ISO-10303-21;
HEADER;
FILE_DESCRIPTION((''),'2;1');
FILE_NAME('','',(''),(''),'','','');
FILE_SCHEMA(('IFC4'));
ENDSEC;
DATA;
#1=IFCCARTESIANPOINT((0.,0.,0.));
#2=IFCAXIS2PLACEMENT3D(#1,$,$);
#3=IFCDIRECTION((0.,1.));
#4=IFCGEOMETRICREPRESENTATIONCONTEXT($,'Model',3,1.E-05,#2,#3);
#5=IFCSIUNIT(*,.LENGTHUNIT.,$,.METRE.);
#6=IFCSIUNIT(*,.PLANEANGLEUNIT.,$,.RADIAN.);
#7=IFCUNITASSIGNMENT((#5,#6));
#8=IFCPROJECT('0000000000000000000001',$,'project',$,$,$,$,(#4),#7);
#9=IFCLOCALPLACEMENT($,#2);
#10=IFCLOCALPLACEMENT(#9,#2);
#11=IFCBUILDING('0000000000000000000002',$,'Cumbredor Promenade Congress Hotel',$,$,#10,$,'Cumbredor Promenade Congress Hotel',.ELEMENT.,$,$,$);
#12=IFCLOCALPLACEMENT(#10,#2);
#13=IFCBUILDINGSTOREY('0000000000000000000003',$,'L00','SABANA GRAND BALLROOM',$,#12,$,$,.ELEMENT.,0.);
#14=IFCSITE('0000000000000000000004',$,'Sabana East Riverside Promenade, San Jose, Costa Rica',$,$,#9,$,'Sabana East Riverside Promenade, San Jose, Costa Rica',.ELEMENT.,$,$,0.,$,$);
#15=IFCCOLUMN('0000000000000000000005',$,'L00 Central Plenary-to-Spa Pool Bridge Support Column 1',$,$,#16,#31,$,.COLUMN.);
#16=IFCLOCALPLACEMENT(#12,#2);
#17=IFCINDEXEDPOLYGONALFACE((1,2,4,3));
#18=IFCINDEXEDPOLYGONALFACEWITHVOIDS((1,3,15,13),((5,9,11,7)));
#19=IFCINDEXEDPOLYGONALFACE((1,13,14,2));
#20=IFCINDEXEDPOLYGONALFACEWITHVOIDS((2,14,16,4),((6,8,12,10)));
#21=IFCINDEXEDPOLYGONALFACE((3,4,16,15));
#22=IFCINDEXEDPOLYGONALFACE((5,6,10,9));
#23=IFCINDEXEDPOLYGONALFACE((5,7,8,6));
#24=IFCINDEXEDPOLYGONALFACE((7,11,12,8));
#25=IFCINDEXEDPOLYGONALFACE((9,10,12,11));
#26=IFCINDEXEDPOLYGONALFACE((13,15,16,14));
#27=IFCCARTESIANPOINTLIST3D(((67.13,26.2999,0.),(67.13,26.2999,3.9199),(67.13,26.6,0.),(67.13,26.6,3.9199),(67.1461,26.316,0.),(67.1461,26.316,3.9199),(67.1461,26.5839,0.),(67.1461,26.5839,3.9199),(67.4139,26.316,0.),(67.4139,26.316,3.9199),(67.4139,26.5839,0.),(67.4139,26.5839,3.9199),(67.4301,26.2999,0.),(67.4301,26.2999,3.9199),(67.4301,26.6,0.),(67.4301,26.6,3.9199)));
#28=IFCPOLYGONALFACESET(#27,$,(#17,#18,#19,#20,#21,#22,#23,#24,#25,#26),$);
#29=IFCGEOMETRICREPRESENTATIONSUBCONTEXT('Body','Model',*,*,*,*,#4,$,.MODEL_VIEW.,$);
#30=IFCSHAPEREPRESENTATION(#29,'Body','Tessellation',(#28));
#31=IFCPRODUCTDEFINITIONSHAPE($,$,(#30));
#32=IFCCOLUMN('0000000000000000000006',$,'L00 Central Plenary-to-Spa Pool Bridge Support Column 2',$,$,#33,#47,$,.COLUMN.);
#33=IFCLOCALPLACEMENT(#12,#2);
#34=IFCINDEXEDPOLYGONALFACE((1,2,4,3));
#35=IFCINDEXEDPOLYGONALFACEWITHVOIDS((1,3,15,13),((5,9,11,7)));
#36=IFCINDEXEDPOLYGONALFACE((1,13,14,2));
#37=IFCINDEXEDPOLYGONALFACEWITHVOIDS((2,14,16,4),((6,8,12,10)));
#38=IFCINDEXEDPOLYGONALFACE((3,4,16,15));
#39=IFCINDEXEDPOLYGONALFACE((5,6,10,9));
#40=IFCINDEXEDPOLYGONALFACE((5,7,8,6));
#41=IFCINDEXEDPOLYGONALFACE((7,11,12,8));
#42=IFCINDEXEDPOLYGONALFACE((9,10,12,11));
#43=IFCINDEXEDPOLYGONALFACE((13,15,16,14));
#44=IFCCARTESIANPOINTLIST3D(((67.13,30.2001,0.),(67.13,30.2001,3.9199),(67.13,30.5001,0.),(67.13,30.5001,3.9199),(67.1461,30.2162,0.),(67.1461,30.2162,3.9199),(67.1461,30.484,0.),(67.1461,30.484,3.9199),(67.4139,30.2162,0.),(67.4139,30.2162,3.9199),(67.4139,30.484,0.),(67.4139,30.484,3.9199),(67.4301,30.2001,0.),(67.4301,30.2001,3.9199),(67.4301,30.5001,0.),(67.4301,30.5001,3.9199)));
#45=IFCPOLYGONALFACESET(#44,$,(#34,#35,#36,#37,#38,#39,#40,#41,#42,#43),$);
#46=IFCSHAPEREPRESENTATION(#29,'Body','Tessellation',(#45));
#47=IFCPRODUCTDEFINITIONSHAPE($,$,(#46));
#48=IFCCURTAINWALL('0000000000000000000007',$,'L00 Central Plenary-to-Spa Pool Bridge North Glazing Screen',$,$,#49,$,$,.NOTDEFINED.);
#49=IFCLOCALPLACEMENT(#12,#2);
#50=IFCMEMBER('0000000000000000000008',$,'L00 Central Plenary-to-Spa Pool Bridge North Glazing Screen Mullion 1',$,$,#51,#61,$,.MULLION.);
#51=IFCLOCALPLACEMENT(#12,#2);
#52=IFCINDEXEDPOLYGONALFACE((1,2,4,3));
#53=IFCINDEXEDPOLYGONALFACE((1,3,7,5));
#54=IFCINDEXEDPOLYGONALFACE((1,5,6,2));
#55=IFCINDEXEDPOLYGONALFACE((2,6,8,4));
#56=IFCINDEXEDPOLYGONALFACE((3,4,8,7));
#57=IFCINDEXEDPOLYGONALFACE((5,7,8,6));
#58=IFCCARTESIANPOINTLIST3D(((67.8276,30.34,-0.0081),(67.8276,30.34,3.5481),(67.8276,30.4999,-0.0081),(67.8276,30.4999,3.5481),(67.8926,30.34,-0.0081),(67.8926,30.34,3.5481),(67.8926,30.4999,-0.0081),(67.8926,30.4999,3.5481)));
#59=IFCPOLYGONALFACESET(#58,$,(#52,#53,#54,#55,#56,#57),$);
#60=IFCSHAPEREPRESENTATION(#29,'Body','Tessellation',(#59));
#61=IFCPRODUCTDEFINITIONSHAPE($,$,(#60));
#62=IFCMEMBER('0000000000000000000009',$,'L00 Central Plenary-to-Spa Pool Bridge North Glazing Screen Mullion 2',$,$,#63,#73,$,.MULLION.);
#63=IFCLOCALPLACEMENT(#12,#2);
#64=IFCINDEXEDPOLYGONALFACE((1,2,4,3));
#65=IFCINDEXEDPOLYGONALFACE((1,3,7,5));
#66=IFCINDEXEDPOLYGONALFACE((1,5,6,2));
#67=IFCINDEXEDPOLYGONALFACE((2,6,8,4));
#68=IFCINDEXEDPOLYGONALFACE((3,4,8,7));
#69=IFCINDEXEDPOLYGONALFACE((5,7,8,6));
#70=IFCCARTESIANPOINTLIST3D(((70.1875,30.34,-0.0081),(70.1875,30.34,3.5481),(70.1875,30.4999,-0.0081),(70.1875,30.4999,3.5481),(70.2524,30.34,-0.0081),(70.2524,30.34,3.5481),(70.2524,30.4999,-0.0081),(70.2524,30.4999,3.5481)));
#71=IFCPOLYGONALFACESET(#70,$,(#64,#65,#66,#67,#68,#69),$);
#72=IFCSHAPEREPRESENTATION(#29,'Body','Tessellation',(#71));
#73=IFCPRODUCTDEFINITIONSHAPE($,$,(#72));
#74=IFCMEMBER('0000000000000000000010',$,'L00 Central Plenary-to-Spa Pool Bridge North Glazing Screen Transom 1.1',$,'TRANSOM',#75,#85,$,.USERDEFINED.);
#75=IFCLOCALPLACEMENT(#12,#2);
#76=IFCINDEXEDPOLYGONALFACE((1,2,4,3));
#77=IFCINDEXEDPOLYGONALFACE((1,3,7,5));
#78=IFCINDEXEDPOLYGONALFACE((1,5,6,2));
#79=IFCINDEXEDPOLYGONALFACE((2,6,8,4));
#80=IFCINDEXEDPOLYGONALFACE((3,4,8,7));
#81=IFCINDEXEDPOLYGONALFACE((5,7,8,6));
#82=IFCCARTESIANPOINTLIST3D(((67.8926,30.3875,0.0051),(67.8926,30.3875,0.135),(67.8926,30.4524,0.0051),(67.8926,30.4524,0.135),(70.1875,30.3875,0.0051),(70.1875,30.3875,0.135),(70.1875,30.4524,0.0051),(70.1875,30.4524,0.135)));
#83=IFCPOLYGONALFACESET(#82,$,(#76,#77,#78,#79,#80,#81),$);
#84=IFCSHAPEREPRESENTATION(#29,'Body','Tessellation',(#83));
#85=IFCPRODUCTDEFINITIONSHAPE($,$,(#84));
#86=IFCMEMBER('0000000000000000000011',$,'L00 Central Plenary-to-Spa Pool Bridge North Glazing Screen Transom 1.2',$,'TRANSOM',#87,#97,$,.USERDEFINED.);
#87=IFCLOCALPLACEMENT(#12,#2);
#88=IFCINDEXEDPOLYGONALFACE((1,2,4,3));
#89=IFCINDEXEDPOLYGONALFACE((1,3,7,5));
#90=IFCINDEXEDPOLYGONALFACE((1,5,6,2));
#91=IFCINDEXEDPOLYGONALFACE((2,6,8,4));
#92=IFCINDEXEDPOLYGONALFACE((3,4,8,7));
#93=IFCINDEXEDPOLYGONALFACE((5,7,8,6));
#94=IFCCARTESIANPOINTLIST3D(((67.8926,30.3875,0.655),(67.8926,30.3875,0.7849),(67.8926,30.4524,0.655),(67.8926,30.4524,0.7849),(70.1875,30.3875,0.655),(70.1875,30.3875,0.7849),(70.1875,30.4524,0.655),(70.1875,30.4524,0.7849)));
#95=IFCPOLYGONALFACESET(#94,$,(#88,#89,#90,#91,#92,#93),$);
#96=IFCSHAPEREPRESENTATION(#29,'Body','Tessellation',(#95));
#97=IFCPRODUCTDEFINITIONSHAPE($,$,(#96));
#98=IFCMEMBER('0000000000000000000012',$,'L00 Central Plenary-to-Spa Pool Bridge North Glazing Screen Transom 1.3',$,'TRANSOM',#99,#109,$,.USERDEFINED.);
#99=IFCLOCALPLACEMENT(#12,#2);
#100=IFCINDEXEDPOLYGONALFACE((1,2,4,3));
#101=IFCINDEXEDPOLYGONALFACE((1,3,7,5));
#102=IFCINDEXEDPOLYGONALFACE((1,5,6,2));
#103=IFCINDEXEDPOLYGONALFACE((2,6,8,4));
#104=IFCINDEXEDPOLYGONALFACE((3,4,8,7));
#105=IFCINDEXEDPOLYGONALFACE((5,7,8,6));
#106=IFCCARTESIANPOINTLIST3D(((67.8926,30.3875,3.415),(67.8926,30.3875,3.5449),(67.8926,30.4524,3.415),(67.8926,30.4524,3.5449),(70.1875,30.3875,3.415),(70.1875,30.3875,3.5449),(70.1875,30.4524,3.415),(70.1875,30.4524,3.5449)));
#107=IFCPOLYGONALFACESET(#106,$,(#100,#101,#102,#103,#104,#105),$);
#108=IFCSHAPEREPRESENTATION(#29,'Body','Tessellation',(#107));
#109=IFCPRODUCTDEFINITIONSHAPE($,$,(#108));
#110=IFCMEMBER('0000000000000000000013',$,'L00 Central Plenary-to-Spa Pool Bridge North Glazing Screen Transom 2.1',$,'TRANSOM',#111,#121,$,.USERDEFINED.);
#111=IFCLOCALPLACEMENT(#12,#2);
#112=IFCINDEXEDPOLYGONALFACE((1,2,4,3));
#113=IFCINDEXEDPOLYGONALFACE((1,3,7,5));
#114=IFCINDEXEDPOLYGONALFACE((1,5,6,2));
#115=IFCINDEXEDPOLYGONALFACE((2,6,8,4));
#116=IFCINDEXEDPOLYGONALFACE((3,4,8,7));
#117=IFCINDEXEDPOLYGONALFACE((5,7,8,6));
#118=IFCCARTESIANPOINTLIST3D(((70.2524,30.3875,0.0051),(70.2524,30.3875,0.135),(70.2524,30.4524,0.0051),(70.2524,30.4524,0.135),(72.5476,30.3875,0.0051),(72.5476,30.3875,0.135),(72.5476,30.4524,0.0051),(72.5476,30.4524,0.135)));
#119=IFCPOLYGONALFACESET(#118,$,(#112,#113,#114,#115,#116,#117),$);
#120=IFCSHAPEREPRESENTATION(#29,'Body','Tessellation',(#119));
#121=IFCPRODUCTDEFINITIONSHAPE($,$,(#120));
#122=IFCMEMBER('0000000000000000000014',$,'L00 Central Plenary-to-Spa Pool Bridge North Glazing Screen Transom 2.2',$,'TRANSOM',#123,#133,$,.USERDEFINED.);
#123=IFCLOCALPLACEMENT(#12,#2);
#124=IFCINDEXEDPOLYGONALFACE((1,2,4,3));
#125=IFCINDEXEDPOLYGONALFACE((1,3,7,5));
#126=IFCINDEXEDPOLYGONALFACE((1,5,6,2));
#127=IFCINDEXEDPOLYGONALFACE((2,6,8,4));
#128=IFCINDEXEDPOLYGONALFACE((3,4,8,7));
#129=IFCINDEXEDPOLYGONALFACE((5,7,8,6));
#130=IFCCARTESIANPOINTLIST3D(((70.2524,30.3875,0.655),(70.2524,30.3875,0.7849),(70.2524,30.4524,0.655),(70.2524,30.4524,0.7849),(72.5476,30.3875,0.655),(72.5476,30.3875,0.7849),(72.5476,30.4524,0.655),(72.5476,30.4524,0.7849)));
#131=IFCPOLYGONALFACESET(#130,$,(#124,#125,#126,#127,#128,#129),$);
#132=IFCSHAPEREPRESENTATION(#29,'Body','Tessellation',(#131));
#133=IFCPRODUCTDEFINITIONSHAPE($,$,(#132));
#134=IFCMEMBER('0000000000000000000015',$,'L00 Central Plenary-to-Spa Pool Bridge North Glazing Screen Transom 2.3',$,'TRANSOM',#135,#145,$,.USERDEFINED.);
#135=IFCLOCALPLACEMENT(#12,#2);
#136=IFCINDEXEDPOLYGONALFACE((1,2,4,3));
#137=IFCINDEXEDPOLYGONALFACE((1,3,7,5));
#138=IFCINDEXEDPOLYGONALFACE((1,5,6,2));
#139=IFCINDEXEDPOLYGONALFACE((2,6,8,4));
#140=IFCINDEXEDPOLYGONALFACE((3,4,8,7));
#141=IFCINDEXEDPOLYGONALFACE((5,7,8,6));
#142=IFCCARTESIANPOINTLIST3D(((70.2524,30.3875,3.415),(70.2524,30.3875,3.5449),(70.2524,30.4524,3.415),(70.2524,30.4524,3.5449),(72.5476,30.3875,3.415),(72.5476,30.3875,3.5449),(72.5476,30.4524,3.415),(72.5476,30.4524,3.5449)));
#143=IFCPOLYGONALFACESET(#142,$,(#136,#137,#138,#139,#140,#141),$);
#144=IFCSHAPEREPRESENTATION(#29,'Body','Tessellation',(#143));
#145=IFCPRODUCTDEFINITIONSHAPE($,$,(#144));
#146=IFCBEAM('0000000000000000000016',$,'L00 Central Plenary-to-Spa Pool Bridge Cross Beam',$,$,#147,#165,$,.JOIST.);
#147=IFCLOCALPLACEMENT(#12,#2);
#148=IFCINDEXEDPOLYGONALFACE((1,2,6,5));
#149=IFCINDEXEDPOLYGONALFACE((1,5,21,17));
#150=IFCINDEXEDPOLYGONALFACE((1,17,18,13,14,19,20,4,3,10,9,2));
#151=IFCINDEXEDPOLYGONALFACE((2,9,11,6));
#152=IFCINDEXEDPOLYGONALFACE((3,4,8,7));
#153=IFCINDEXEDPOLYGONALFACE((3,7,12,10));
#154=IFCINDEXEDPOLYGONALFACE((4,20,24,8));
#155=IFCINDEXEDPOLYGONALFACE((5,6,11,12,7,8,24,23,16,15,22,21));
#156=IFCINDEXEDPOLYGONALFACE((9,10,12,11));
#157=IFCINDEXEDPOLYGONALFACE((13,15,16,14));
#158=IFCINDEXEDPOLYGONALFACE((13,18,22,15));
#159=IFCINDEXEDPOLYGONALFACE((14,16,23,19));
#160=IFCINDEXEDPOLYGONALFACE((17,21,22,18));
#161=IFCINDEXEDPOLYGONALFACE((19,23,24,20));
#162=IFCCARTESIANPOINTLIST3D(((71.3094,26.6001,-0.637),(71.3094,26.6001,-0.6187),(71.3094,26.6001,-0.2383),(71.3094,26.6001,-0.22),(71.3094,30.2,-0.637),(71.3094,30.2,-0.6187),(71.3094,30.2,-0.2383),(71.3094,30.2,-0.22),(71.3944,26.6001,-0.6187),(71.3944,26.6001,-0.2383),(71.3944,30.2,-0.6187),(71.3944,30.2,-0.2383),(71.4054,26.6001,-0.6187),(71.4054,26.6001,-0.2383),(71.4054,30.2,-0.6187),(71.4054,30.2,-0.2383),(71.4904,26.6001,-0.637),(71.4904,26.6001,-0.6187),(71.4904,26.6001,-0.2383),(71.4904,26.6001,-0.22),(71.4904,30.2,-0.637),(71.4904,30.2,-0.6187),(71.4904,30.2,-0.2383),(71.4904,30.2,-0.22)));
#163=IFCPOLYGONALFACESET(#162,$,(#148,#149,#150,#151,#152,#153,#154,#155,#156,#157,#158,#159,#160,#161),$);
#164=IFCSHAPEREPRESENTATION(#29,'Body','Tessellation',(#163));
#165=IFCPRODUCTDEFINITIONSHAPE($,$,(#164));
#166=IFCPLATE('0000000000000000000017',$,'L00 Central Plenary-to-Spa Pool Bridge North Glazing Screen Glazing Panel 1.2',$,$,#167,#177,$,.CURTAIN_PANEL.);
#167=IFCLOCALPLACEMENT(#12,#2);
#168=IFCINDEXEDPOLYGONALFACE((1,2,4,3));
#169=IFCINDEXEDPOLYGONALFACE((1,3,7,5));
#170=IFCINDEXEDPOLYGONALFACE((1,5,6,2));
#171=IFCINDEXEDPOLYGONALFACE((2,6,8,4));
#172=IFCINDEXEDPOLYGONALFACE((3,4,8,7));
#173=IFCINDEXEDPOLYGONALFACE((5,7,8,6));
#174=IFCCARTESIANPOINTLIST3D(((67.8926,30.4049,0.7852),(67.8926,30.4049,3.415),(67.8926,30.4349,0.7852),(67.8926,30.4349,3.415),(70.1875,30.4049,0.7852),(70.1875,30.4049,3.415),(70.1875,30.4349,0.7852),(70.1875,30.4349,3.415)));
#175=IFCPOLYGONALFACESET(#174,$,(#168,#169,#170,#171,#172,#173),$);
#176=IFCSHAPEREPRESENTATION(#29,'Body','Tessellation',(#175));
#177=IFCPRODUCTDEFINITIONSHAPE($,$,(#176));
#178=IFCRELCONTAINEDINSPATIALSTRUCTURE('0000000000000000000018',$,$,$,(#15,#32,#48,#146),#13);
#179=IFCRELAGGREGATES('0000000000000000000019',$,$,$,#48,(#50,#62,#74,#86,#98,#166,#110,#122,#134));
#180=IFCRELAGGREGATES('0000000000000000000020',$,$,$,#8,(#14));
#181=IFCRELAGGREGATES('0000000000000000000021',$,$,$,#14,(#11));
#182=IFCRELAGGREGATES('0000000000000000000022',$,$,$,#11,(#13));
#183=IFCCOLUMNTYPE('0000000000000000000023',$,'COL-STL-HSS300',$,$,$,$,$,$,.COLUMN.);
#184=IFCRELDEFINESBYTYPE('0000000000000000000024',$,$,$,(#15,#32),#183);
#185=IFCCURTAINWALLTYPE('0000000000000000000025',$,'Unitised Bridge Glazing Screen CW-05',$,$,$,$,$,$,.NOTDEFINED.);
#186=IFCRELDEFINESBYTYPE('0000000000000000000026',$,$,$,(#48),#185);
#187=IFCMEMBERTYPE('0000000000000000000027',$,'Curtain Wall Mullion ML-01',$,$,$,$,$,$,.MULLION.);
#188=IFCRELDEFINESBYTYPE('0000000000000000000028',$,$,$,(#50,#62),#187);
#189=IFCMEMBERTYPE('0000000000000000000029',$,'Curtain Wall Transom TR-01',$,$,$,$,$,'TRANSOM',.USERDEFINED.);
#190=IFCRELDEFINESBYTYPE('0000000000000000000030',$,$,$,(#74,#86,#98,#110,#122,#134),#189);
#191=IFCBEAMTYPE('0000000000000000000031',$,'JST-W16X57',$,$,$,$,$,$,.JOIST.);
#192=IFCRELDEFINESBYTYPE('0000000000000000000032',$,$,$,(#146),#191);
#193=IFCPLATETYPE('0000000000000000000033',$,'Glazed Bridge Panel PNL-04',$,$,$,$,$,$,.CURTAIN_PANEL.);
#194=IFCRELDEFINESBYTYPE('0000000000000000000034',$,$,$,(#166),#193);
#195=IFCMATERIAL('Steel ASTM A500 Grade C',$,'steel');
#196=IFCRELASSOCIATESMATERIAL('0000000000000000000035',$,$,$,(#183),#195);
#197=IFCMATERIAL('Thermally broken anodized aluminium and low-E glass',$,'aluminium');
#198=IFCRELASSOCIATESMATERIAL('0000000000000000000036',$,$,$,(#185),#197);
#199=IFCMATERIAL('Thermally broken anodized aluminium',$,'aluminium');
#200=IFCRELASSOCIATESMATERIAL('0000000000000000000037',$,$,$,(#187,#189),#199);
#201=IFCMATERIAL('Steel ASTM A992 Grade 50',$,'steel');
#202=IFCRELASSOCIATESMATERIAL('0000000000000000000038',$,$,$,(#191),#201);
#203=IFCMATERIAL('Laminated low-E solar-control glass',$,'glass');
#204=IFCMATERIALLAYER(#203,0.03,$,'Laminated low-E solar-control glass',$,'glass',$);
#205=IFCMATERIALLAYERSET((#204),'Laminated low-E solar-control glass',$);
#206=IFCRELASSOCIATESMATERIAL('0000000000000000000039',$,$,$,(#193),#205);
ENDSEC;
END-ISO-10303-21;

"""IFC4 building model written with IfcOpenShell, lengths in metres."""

from ifc_helpers import new_model, si_unit, direction, frame, origin, origin_2d, place, context, subcontext, project, spatial, rectangle, hollow_rectangle, i_section, extrude, material, layer, layer_set, material_profile, profile_set, type_object, element, aggregate, save


model = new_model("IFC4")

# Units and contexts
model_context = context("Model", 3, precision=1e-05, world=origin(), true_north=direction((0.0, 1.0)))
body_context = subcontext(model_context, "Body", "Model", "MODEL_VIEW")
ifc_project = project(units=[si_unit("LENGTHUNIT", "METRE"), si_unit("PLANEANGLEUNIT", "RADIAN")], contexts=[model_context])

# Site, building, storey
site_placement = place(None, origin())
site = spatial("IfcSite", under=ifc_project, at=site_placement, Name="Sabana East Riverside Promenade, San Jose, Costa Rica", LongName="Sabana East Riverside Promenade, San Jose, Costa Rica", CompositionType="ELEMENT", RefElevation=0.0)
building_placement = place(site_placement, origin())
building = spatial("IfcBuilding", under=site, at=building_placement, Name="Cumbredor Promenade Congress Hotel", LongName="Cumbredor Promenade Congress Hotel", CompositionType="ELEMENT")
storey_placement = place(building_placement, origin())
storey = spatial("IfcBuildingStorey", under=building, at=storey_placement, Name="L00", Description="SABANA GRAND BALLROOM", CompositionType="ELEMENT", Elevation=0.0)

# Columns
ifc_material_1 = material(Name="Steel ASTM A500 Grade C", Category="steel")
ifc_material_profile_1 = material_profile(ifc_material_1, hollow_rectangle(XDim=0.3, YDim=0.3, WallThickness=0.0161, at=origin_2d()), Name="HSS 300x300x16")
ifc_profile_set_1 = profile_set([ifc_material_profile_1], Name="Steel ASTM A500 Grade C")
column_type = type_object("IfcColumnType", Name="COL-STL-HSS300", PredefinedType="COLUMN", material=ifc_profile_set_1)
for number, where, z_axis, x_axis, name in (
    (1, (67.28, 26.45, 0.0), (0.0, 0.0, 1.0), (1.0, 0.0, 0.0), "L00 Central Plenary-to-Spa Pool Bridge Support Column 1"),
    (2, (67.28, 30.3501, 0.0), (0.0, 0.0, 1.0), (1.0, 0.0, 0.0), "L00 Central Plenary-to-Spa Pool Bridge Support Column 2"),
):
    element("IfcColumn", number, at=place(storey_placement, frame(where, z_axis=z_axis, x_axis=x_axis)), inside=storey, type_object=column_type, Name=name, PredefinedType="COLUMN", context=body_context, shape_type="SweptSolid", body=[
        extrude(hollow_rectangle(XDim=0.3, YDim=0.3, WallThickness=0.0161, at=origin_2d()), origin(), (0.0, 0.0, 1.0), 3.9199),
    ])

# Curtain wall, members
ifc_material_2 = material(Name="Thermally broken anodized aluminium and low-E glass", Category="aluminium")
curtain_wall_type = type_object("IfcCurtainWallType", Name="Unitised Bridge Glazing Screen CW-05", PredefinedType="NOTDEFINED", material=ifc_material_2)
curtain_wall_placement = place(storey_placement, origin())
curtain_wall = element("IfcCurtainWall", 3, at=curtain_wall_placement, inside=storey, type_object=curtain_wall_type, Name="L00 Central Plenary-to-Spa Pool Bridge North Glazing Screen", PredefinedType="NOTDEFINED")
ifc_material_3 = material(Name="Thermally broken anodized aluminium", Category="aluminium")
ifc_material_profile_2 = material_profile(ifc_material_3, rectangle(XDim=0.0649, YDim=0.1599, at=origin_2d()), Name="ALU MULLION 65x160")
ifc_profile_set_2 = profile_set([ifc_material_profile_2], Name="Thermally broken anodized aluminium")
member_type_1 = type_object("IfcMemberType", Name="Curtain Wall Mullion ML-01", PredefinedType="MULLION", material=ifc_profile_set_2)
member_1_placement = place(storey_placement, frame((67.8601, 30.4199, -0.0081), z_axis=(0.0, 0.0, 1.0), x_axis=(1.0, 0.0, 0.0)))
member_1 = element("IfcMember", 4, at=member_1_placement, type_object=member_type_1, Name="L00 Central Plenary-to-Spa Pool Bridge North Glazing Screen Mullion 1", PredefinedType="MULLION", context=body_context, shape_type="SweptSolid", body=[
    extrude(rectangle(XDim=0.0649, YDim=0.1599, at=origin_2d()), origin(), (0.0, 0.0, 1.0), 3.5562),
])
member_2_placement = place(storey_placement, frame((70.22, 30.4199, -0.0081), z_axis=(0.0, 0.0, 1.0), x_axis=(1.0, 0.0, 0.0)))
member_2 = element("IfcMember", 5, at=member_2_placement, type_object=member_type_1, Name="L00 Central Plenary-to-Spa Pool Bridge North Glazing Screen Mullion 2", PredefinedType="MULLION", context=body_context, shape_type="SweptSolid", body=[
    extrude(rectangle(XDim=0.0649, YDim=0.1599, at=origin_2d()), origin(), (0.0, 0.0, 1.0), 3.5562),
])
ifc_material_profile_3 = material_profile(ifc_material_3, rectangle(XDim=0.0649, YDim=0.1299, at=origin_2d()), Name="ALU TRANSOM 65x130")
ifc_profile_set_3 = profile_set([ifc_material_profile_3], Name="Thermally broken anodized aluminium")
member_type_2 = type_object("IfcMemberType", Name="Curtain Wall Transom TR-01", ElementType="TRANSOM", PredefinedType="USERDEFINED", material=ifc_profile_set_3)
member_3_placement = place(storey_placement, frame((67.8926, 30.4199, 0.0701), z_axis=(1.0, 0.0, 0.0), x_axis=(0.0, 1.0, 0.0)))
member_3 = element("IfcMember", 6, at=member_3_placement, type_object=member_type_2, Name="L00 Central Plenary-to-Spa Pool Bridge North Glazing Screen Transom 1.1", ObjectType="TRANSOM", PredefinedType="USERDEFINED", context=body_context, shape_type="SweptSolid", body=[
    extrude(rectangle(XDim=0.0649, YDim=0.1299, at=origin_2d()), origin(), (0.0, 0.0, 1.0), 2.2949),
])
member_4_placement = place(storey_placement, frame((67.8926, 30.4199, 0.72), z_axis=(1.0, 0.0, 0.0), x_axis=(0.0, 1.0, 0.0)))
member_4 = element("IfcMember", 7, at=member_4_placement, type_object=member_type_2, Name="L00 Central Plenary-to-Spa Pool Bridge North Glazing Screen Transom 1.2", ObjectType="TRANSOM", PredefinedType="USERDEFINED", context=body_context, shape_type="SweptSolid", body=[
    extrude(rectangle(XDim=0.0649, YDim=0.1299, at=origin_2d()), origin(), (0.0, 0.0, 1.0), 2.2949),
])
member_5_placement = place(storey_placement, frame((67.8926, 30.4199, 3.48), z_axis=(1.0, 0.0, 0.0), x_axis=(0.0, 1.0, 0.0)))
member_5 = element("IfcMember", 8, at=member_5_placement, type_object=member_type_2, Name="L00 Central Plenary-to-Spa Pool Bridge North Glazing Screen Transom 1.3", ObjectType="TRANSOM", PredefinedType="USERDEFINED", context=body_context, shape_type="SweptSolid", body=[
    extrude(rectangle(XDim=0.0649, YDim=0.1299, at=origin_2d()), origin(), (0.0, 0.0, 1.0), 2.2949),
])
member_6_placement = place(storey_placement, frame((70.2524, 30.4199, 0.0701), z_axis=(1.0, 0.0, 0.0), x_axis=(0.0, 1.0, 0.0)))
member_6 = element("IfcMember", 9, at=member_6_placement, type_object=member_type_2, Name="L00 Central Plenary-to-Spa Pool Bridge North Glazing Screen Transom 2.1", ObjectType="TRANSOM", PredefinedType="USERDEFINED", context=body_context, shape_type="SweptSolid", body=[
    extrude(rectangle(XDim=0.0649, YDim=0.1299, at=origin_2d()), origin(), (0.0, 0.0, 1.0), 2.2952),
])
member_7_placement = place(storey_placement, frame((70.2524, 30.4199, 0.72), z_axis=(1.0, 0.0, 0.0), x_axis=(0.0, 1.0, 0.0)))
member_7 = element("IfcMember", 10, at=member_7_placement, type_object=member_type_2, Name="L00 Central Plenary-to-Spa Pool Bridge North Glazing Screen Transom 2.2", ObjectType="TRANSOM", PredefinedType="USERDEFINED", context=body_context, shape_type="SweptSolid", body=[
    extrude(rectangle(XDim=0.0649, YDim=0.1299, at=origin_2d()), origin(), (0.0, 0.0, 1.0), 2.2952),
])
member_8_placement = place(storey_placement, frame((70.2524, 30.4199, 3.48), z_axis=(1.0, 0.0, 0.0), x_axis=(0.0, 1.0, 0.0)))
member_8 = element("IfcMember", 11, at=member_8_placement, type_object=member_type_2, Name="L00 Central Plenary-to-Spa Pool Bridge North Glazing Screen Transom 2.3", ObjectType="TRANSOM", PredefinedType="USERDEFINED", context=body_context, shape_type="SweptSolid", body=[
    extrude(rectangle(XDim=0.0649, YDim=0.1299, at=origin_2d()), origin(), (0.0, 0.0, 1.0), 2.2952),
])

# Beam
ifc_material_4 = material(Name="Steel ASTM A992 Grade 50", Category="steel")
ifc_material_profile_4 = material_profile(ifc_material_4, i_section(OverallWidth=0.1809, OverallDepth=0.417, WebThickness=0.011, FlangeThickness=0.0183, at=origin_2d()), Name="W16X57")
ifc_profile_set_4 = profile_set([ifc_material_profile_4], Name="Steel ASTM A992 Grade 50")
beam_type = type_object("IfcBeamType", Name="JST-W16X57", PredefinedType="JOIST", material=ifc_profile_set_4)
beam_placement = place(storey_placement, frame((71.3999, 26.6001, -0.4285), z_axis=(0.0, 1.0, 0.0), x_axis=(-1.0, 0.0, 0.0)))
element("IfcBeam", 12, at=beam_placement, inside=storey, type_object=beam_type, Name="L00 Central Plenary-to-Spa Pool Bridge Cross Beam", PredefinedType="JOIST", context=body_context, shape_type="SweptSolid", body=[
    extrude(i_section(OverallWidth=0.1809, OverallDepth=0.417, WebThickness=0.011, FlangeThickness=0.0183, at=origin_2d()), origin(), (0.0, 0.0, 1.0), 3.5999),
])

# Plate
ifc_material_5 = material(Name="Laminated low-E solar-control glass", Category="glass")
ifc_layer_1 = layer(ifc_material_5, 0.03, Name="Laminated low-E solar-control glass", Category="glass")
ifc_layer_set_1 = layer_set([ifc_layer_1], Name="Laminated low-E solar-control glass")
plate_type_1 = type_object("IfcPlateType", Name="Glazed Bridge Panel PNL-04", PredefinedType="CURTAIN_PANEL", material=ifc_layer_set_1)
plate_1_placement = place(storey_placement, frame((69.04, 30.4199, 0.7852), z_axis=(0.0, 0.0, 1.0), x_axis=(1.0, 0.0, 0.0)))
plate_1 = element("IfcPlate", 13, at=plate_1_placement, type_object=plate_type_1, Name="L00 Central Plenary-to-Spa Pool Bridge North Glazing Screen Glazing Panel 1.2", PredefinedType="CURTAIN_PANEL", context=body_context, shape_type="SweptSolid", body=[
    extrude(rectangle(XDim=2.2949, YDim=0.03, at=origin_2d()), origin(), (0.0, 0.0, 1.0), 2.6299),
])

aggregate(curtain_wall, [member_1, member_2, member_3, member_4, member_5, plate_1, member_6, member_7, member_8])

save(model, "model.ifc")
